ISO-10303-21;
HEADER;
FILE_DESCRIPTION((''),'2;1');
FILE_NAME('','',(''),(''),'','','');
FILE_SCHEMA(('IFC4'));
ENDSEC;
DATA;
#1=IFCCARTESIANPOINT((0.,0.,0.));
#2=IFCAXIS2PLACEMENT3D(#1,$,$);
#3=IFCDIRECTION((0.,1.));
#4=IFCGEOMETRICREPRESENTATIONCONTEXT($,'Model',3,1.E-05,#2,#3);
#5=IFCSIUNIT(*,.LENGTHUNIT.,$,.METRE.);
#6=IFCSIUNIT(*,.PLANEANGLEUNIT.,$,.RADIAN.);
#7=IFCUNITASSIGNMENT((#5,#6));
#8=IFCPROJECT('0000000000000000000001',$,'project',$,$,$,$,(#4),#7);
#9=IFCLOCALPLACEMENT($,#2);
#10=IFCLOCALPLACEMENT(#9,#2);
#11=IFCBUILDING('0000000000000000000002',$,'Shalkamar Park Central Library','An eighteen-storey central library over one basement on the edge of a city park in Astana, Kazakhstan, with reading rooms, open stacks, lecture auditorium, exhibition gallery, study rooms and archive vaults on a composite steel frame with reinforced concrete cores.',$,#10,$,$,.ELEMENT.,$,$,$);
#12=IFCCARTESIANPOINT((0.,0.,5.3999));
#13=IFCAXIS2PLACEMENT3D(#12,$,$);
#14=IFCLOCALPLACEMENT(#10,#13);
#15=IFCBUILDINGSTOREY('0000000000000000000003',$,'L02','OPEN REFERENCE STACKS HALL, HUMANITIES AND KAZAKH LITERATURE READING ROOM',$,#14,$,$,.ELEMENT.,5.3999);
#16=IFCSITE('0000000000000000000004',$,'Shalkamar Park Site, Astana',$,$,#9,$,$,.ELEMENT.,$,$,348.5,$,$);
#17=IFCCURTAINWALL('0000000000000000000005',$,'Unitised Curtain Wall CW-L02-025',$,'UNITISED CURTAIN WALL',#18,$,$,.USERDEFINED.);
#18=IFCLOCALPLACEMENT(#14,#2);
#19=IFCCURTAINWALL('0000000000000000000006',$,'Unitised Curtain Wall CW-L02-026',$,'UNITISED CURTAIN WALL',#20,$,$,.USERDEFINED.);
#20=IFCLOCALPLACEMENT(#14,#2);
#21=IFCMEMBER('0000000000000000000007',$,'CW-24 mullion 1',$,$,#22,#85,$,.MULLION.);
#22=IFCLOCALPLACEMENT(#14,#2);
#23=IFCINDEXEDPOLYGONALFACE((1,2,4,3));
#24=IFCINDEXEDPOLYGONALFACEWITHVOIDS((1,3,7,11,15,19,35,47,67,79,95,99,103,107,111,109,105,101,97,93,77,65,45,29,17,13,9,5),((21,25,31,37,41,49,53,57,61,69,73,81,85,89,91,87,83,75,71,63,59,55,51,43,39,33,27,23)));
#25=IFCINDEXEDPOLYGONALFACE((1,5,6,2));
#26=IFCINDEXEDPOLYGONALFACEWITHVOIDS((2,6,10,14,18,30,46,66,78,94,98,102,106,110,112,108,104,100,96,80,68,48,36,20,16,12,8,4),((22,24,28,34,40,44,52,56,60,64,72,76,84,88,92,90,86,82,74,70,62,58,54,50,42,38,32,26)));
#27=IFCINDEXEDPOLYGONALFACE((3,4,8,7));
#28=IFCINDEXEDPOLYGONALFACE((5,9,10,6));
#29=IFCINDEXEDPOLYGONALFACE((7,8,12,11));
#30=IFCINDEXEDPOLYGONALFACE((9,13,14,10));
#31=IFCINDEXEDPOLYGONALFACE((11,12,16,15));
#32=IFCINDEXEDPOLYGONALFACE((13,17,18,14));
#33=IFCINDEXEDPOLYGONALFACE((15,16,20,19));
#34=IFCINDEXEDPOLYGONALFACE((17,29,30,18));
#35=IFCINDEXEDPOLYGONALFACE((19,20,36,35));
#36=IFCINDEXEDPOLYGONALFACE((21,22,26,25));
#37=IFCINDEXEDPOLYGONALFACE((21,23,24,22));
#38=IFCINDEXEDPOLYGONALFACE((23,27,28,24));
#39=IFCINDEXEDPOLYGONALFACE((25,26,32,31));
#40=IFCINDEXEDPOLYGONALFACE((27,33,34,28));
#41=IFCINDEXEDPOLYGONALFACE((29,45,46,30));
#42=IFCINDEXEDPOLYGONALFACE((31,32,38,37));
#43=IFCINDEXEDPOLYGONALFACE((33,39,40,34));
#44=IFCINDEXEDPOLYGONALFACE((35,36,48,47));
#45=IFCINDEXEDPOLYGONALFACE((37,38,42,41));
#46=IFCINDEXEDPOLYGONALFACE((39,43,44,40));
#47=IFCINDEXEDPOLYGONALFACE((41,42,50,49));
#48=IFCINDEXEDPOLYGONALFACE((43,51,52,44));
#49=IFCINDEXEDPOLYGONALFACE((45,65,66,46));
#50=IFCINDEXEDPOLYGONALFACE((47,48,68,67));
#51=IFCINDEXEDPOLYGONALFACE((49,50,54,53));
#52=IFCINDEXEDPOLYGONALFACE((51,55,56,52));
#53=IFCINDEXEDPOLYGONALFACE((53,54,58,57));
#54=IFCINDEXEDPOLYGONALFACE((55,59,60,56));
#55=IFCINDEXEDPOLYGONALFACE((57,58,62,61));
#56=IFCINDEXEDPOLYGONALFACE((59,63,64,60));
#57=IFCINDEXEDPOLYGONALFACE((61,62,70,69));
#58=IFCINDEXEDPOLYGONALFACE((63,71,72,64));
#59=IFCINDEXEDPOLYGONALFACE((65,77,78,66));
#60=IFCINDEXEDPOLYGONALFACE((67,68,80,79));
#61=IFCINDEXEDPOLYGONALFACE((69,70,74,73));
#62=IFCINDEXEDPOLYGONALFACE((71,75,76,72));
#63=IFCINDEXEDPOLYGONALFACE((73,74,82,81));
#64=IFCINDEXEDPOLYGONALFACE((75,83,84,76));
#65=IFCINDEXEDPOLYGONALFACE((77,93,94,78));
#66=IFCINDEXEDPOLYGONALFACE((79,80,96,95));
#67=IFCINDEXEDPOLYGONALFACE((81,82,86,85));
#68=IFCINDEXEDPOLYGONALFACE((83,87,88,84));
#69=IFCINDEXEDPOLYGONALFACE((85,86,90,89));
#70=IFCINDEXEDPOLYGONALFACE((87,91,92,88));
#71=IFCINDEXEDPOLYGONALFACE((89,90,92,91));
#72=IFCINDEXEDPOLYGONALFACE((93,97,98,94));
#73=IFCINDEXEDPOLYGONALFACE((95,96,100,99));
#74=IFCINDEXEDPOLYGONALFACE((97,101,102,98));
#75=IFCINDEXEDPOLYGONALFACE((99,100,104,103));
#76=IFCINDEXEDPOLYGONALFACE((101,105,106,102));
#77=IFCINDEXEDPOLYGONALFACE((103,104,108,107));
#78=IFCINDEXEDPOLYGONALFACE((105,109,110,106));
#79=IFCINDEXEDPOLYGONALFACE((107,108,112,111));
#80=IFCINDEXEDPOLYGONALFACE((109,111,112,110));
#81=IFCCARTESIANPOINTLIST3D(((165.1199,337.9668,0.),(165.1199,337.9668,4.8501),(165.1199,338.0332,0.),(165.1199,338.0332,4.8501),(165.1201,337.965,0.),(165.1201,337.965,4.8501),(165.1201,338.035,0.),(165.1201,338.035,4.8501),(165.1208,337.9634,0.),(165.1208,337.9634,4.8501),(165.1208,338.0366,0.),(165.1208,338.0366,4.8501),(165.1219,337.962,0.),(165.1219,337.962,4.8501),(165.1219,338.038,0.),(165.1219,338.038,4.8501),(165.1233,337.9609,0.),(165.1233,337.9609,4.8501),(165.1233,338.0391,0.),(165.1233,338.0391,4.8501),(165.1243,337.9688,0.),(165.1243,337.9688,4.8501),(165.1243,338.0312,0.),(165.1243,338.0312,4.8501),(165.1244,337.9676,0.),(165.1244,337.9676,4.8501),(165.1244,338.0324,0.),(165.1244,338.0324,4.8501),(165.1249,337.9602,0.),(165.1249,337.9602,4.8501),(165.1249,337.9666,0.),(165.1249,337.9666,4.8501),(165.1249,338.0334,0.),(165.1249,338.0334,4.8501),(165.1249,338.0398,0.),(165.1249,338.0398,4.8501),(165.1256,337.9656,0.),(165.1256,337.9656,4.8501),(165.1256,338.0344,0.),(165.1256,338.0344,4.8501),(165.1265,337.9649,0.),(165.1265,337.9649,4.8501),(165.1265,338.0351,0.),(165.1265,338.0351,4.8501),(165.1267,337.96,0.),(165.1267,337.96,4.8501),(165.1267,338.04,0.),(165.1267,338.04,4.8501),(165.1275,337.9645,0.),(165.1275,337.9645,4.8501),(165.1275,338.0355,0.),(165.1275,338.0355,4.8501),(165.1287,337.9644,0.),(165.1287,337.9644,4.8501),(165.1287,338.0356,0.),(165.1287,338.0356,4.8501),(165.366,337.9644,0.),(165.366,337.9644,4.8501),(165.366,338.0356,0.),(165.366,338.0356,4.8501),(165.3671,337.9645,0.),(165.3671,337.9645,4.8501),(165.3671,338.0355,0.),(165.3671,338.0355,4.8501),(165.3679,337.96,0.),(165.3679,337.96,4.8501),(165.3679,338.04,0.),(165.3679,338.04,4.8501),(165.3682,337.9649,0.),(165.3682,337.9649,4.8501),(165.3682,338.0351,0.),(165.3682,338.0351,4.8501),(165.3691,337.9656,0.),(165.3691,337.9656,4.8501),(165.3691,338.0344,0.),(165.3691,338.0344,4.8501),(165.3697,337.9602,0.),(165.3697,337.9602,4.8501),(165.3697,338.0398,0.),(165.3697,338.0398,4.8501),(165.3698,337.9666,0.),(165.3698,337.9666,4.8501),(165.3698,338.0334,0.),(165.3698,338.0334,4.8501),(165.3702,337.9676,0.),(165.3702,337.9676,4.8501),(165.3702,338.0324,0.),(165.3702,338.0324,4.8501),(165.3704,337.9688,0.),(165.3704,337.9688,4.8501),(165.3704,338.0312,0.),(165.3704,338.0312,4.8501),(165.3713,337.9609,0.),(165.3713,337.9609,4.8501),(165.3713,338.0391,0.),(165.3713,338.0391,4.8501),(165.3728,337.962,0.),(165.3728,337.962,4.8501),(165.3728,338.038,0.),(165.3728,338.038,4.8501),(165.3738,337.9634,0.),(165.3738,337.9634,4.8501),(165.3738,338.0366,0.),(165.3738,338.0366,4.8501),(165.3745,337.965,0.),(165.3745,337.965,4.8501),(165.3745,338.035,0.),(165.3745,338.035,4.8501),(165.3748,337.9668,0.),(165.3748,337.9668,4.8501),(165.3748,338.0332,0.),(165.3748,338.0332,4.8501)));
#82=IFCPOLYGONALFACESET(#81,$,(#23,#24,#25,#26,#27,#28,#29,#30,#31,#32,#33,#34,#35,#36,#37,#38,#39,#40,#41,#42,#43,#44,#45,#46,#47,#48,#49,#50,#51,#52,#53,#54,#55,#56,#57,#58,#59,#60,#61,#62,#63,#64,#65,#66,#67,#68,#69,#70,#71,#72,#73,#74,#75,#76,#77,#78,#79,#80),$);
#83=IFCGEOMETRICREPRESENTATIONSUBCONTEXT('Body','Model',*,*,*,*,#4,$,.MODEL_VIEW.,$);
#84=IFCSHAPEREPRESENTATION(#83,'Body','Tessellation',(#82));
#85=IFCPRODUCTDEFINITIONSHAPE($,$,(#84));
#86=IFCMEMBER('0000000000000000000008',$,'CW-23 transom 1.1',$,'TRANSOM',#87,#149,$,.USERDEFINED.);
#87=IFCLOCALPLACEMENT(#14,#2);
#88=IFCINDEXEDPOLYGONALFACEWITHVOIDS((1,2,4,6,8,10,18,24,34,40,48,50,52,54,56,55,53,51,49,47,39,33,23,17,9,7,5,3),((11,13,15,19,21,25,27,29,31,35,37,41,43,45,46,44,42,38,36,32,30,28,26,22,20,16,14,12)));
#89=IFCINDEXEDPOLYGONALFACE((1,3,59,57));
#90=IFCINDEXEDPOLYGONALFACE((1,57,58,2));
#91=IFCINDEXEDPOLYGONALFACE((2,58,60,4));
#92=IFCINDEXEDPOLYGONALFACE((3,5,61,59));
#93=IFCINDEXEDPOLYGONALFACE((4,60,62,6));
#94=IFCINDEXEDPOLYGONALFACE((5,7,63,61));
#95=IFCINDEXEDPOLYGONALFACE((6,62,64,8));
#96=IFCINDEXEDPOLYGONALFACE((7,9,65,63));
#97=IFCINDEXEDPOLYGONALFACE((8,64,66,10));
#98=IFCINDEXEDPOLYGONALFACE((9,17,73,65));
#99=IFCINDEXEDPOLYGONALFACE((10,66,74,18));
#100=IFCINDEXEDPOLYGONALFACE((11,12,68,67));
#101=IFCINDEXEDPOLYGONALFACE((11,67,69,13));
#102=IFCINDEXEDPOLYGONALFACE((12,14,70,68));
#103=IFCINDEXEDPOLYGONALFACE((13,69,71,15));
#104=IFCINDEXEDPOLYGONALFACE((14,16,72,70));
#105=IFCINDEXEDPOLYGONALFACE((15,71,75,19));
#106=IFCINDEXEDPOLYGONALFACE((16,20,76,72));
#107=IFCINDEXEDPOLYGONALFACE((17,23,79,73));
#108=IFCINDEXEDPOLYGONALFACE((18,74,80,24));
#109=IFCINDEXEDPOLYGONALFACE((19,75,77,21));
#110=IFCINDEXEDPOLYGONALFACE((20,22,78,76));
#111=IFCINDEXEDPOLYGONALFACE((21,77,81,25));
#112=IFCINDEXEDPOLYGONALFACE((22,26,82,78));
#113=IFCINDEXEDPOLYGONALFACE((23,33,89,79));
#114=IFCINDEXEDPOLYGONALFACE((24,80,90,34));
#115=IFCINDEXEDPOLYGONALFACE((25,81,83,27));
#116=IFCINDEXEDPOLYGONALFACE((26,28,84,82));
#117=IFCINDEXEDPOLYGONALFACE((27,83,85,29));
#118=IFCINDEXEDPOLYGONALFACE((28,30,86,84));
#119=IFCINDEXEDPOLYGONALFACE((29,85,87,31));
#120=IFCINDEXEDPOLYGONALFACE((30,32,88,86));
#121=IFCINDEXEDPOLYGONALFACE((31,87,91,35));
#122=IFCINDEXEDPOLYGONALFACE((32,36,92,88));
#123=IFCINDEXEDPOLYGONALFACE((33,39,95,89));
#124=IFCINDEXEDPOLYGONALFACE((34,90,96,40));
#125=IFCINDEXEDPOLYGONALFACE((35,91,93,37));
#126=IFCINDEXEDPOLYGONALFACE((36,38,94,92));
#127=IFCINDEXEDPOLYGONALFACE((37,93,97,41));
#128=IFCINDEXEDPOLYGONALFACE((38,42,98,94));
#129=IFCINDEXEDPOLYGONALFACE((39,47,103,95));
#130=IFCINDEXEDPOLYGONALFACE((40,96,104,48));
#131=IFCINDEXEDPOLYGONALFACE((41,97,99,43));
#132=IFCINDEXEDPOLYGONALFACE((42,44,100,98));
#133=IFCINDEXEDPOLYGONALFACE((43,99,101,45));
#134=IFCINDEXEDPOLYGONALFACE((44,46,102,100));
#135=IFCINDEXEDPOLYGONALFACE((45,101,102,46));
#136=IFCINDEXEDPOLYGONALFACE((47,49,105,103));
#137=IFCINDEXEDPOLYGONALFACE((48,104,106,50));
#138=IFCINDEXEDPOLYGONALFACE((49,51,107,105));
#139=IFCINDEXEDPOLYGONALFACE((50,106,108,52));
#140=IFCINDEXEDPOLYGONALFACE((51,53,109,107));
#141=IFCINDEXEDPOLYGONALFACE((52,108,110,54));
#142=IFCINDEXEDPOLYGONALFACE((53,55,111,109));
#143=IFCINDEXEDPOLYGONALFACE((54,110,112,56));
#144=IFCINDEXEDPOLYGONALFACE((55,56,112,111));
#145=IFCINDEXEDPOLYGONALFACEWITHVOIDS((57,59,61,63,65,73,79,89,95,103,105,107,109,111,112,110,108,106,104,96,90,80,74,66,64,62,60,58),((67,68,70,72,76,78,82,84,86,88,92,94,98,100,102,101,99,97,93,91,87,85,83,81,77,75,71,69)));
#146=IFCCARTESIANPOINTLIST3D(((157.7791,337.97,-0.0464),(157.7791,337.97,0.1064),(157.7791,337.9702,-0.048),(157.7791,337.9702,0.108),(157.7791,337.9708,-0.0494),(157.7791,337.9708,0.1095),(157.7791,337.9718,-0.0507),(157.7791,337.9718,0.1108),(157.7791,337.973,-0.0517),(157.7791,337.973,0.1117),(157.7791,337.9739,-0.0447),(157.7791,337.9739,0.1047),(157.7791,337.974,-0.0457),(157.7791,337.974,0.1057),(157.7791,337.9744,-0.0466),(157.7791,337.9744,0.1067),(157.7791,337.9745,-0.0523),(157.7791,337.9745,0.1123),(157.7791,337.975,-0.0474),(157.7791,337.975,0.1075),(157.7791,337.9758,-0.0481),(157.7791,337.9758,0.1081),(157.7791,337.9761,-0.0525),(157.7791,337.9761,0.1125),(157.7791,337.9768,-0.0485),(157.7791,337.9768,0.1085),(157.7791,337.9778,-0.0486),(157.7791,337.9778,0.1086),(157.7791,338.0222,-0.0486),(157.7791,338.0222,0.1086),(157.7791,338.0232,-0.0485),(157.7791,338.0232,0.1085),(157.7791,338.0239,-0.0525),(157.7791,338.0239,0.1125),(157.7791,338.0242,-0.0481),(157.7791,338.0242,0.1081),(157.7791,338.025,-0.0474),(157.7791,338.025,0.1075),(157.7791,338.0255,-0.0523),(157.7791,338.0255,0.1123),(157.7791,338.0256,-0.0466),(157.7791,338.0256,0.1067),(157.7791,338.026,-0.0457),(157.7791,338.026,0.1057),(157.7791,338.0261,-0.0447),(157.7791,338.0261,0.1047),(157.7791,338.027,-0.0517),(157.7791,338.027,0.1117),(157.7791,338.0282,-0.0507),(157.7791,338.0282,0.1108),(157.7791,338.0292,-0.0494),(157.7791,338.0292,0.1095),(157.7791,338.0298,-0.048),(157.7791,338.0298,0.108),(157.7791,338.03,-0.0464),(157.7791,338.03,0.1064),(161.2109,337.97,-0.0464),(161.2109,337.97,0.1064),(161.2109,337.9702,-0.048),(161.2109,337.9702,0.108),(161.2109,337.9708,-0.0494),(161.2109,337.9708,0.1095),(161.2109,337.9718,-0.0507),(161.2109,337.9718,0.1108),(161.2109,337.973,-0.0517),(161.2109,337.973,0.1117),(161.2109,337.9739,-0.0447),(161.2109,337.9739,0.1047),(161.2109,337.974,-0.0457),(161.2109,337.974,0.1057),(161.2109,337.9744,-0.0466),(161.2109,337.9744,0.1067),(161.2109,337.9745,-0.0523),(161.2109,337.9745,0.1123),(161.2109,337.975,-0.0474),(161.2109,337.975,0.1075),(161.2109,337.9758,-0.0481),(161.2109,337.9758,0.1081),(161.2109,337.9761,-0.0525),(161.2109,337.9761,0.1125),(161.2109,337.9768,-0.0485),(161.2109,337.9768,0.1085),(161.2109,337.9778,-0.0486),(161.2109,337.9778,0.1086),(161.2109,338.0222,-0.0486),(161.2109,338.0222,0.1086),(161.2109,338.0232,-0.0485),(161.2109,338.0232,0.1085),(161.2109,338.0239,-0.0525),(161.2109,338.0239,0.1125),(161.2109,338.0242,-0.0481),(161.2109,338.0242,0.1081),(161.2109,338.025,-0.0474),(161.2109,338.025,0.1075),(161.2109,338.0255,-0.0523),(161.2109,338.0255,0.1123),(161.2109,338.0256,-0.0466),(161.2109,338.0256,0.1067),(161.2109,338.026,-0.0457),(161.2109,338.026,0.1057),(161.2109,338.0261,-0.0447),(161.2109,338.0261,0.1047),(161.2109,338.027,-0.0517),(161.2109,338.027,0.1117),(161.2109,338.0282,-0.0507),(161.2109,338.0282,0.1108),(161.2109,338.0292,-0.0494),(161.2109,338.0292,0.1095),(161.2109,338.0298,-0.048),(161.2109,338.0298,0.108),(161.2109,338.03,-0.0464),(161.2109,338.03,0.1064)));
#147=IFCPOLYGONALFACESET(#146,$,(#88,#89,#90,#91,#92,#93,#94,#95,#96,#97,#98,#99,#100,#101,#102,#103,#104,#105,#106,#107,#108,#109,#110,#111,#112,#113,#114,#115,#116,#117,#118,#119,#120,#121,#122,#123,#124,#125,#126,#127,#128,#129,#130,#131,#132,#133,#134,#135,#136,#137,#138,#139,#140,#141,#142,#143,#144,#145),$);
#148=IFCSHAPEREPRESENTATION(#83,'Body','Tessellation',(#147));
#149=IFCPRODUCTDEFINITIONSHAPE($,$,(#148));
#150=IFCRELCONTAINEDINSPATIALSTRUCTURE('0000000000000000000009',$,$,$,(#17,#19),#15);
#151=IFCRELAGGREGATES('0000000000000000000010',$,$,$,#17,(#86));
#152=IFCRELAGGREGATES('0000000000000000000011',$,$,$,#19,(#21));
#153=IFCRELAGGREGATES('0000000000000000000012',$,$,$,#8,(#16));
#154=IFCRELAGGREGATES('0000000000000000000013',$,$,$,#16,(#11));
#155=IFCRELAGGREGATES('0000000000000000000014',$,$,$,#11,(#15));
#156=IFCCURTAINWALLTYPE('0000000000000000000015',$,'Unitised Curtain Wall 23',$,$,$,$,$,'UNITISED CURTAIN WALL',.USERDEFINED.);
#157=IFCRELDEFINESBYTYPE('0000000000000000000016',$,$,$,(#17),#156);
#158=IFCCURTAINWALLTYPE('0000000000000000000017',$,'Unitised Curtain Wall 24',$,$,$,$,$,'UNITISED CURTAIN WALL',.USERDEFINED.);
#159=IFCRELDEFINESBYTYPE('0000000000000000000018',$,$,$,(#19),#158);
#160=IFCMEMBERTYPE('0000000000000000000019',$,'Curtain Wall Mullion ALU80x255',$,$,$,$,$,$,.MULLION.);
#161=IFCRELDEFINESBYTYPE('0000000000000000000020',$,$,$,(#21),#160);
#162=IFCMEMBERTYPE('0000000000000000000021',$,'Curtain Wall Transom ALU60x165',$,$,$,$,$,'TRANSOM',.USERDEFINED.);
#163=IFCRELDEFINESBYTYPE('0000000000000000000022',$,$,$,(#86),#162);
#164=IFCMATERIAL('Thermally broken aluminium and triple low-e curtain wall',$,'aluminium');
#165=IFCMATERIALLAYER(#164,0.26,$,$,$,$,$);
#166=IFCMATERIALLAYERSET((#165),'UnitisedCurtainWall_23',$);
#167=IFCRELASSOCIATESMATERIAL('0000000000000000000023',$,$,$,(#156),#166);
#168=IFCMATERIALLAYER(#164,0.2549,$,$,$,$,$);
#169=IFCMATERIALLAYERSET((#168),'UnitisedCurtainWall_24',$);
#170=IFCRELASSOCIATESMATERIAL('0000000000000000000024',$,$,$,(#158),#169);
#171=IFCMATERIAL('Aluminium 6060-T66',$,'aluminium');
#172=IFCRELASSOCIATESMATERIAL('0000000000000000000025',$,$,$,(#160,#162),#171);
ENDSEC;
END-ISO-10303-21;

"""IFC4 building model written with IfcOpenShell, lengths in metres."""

from ifc_helpers import new_model, si_unit, direction, frame, origin, origin_2d, place, context, subcontext, project, spatial, hollow_rectangle, extrude, material, layer, layer_set, material_profile, profile_set, type_object, element, aggregate, save


model = new_model("IFC4")

# Units and contexts
model_context = context("Model", 3, precision=1e-05, world=origin(), true_north=direction((0.0, 1.0)))
body_context = subcontext(model_context, "Body", "Model", "MODEL_VIEW")
ifc_project = project(units=[si_unit("LENGTHUNIT", "METRE"), si_unit("PLANEANGLEUNIT", "RADIAN")], contexts=[model_context])

# Site, building, storey
site_placement = place(None, origin())
site = spatial("IfcSite", under=ifc_project, at=site_placement, Name="Shalkamar Park Site, Astana", CompositionType="ELEMENT", RefElevation=348.5)
building_placement = place(site_placement, origin())
building = spatial("IfcBuilding", under=site, at=building_placement, Name="Shalkamar Park Central Library", Description="An eighteen-storey central library over one basement on the edge of a city park in Astana, Kazakhstan, with reading rooms, open stacks, lecture auditorium, exhibition gallery, study rooms and archive vaults on a composite steel frame with reinforced concrete cores.", CompositionType="ELEMENT")
storey_placement = place(building_placement, frame((0.0, 0.0, 5.3999)))
storey = spatial("IfcBuildingStorey", under=building, at=storey_placement, Name="L02", Description="OPEN REFERENCE STACKS HALL, HUMANITIES AND KAZAKH LITERATURE READING ROOM", CompositionType="ELEMENT", Elevation=5.3999)

# Curtain wall
ifc_material_1 = material(Name="Thermally broken aluminium and triple low-e curtain wall", Category="aluminium")
ifc_layer_1 = layer(ifc_material_1, 0.26)
ifc_layer_set_1 = layer_set([ifc_layer_1], Name="UnitisedCurtainWall_23")
curtain_wall_type_1 = type_object("IfcCurtainWallType", Name="Unitised Curtain Wall 23", ElementType="UNITISED CURTAIN WALL", PredefinedType="USERDEFINED", material=ifc_layer_set_1)
curtain_wall_1_placement = place(storey_placement, origin())
curtain_wall_1 = element("IfcCurtainWall", 1, at=curtain_wall_1_placement, inside=storey, type_object=curtain_wall_type_1, Name="Unitised Curtain Wall CW-L02-025", ObjectType="UNITISED CURTAIN WALL", PredefinedType="USERDEFINED")
ifc_material_2 = material(Name="Aluminium 6060-T66", Category="aluminium")

# Curtain wall, member
ifc_layer_2 = layer(ifc_material_1, 0.2549)
ifc_layer_set_2 = layer_set([ifc_layer_2], Name="UnitisedCurtainWall_24")
curtain_wall_type_2 = type_object("IfcCurtainWallType", Name="Unitised Curtain Wall 24", ElementType="UNITISED CURTAIN WALL", PredefinedType="USERDEFINED", material=ifc_layer_set_2)
curtain_wall_2_placement = place(storey_placement, origin())
curtain_wall_2 = element("IfcCurtainWall", 2, at=curtain_wall_2_placement, inside=storey, type_object=curtain_wall_type_2, Name="Unitised Curtain Wall CW-L02-026", ObjectType="UNITISED CURTAIN WALL", PredefinedType="USERDEFINED")
ifc_material_profile_1 = material_profile(ifc_material_2, hollow_rectangle(XDim=0.0801, YDim=0.2549, WallThickness=0.0044, InnerFilletRadius=0.0044, OuterFilletRadius=0.0068, at=origin_2d()), Name="ALU 80x255x4.5")
ifc_profile_set_1 = profile_set([ifc_material_profile_1], Name="Aluminium 6060-T66")
member_type_1 = type_object("IfcMemberType", Name="Curtain Wall Mullion ALU80x255", PredefinedType="MULLION", material=ifc_profile_set_1)
member_1_placement = place(storey_placement, frame((165.2473, 338.0, 0.0), z_axis=(0.0, 0.0, 1.0), x_axis=(0.0, 1.0, 0.0)))
member_1 = element("IfcMember", 3, at=member_1_placement, type_object=member_type_1, Name="CW-24 mullion 1", PredefinedType="MULLION", context=body_context, shape_type="SweptSolid", body=[
    extrude(hollow_rectangle(XDim=0.0801, YDim=0.2549, WallThickness=0.0044, InnerFilletRadius=0.0044, OuterFilletRadius=0.0068, at=origin_2d()), origin(), (0.0, 0.0, 1.0), 4.8501),
])

# Member
ifc_material_profile_2 = material_profile(ifc_material_2, hollow_rectangle(XDim=0.0601, YDim=0.165, WallThickness=0.0039, InnerFilletRadius=0.0039, OuterFilletRadius=0.0061, at=origin_2d()), Name="ALU 60x165x4")
ifc_profile_set_2 = profile_set([ifc_material_profile_2], Name="Aluminium 6060-T66")
member_type_2 = type_object("IfcMemberType", Name="Curtain Wall Transom ALU60x165", ElementType="TRANSOM", PredefinedType="USERDEFINED", material=ifc_profile_set_2)
member_2_placement = place(storey_placement, frame((157.7791, 338.0, 0.03), z_axis=(1.0, 0.0, 0.0), x_axis=(0.0, 1.0, 0.0)))
member_2 = element("IfcMember", 4, at=member_2_placement, type_object=member_type_2, Name="CW-23 transom 1.1", ObjectType="TRANSOM", PredefinedType="USERDEFINED", context=body_context, shape_type="SweptSolid", body=[
    extrude(hollow_rectangle(XDim=0.0601, YDim=0.165, WallThickness=0.0039, InnerFilletRadius=0.0039, OuterFilletRadius=0.0061, at=origin_2d()), origin(), (0.0, 0.0, 1.0), 3.4319),
])

aggregate(curtain_wall_1, [member_2])
aggregate(curtain_wall_2, [member_1])

save(model, "model.ifc")
